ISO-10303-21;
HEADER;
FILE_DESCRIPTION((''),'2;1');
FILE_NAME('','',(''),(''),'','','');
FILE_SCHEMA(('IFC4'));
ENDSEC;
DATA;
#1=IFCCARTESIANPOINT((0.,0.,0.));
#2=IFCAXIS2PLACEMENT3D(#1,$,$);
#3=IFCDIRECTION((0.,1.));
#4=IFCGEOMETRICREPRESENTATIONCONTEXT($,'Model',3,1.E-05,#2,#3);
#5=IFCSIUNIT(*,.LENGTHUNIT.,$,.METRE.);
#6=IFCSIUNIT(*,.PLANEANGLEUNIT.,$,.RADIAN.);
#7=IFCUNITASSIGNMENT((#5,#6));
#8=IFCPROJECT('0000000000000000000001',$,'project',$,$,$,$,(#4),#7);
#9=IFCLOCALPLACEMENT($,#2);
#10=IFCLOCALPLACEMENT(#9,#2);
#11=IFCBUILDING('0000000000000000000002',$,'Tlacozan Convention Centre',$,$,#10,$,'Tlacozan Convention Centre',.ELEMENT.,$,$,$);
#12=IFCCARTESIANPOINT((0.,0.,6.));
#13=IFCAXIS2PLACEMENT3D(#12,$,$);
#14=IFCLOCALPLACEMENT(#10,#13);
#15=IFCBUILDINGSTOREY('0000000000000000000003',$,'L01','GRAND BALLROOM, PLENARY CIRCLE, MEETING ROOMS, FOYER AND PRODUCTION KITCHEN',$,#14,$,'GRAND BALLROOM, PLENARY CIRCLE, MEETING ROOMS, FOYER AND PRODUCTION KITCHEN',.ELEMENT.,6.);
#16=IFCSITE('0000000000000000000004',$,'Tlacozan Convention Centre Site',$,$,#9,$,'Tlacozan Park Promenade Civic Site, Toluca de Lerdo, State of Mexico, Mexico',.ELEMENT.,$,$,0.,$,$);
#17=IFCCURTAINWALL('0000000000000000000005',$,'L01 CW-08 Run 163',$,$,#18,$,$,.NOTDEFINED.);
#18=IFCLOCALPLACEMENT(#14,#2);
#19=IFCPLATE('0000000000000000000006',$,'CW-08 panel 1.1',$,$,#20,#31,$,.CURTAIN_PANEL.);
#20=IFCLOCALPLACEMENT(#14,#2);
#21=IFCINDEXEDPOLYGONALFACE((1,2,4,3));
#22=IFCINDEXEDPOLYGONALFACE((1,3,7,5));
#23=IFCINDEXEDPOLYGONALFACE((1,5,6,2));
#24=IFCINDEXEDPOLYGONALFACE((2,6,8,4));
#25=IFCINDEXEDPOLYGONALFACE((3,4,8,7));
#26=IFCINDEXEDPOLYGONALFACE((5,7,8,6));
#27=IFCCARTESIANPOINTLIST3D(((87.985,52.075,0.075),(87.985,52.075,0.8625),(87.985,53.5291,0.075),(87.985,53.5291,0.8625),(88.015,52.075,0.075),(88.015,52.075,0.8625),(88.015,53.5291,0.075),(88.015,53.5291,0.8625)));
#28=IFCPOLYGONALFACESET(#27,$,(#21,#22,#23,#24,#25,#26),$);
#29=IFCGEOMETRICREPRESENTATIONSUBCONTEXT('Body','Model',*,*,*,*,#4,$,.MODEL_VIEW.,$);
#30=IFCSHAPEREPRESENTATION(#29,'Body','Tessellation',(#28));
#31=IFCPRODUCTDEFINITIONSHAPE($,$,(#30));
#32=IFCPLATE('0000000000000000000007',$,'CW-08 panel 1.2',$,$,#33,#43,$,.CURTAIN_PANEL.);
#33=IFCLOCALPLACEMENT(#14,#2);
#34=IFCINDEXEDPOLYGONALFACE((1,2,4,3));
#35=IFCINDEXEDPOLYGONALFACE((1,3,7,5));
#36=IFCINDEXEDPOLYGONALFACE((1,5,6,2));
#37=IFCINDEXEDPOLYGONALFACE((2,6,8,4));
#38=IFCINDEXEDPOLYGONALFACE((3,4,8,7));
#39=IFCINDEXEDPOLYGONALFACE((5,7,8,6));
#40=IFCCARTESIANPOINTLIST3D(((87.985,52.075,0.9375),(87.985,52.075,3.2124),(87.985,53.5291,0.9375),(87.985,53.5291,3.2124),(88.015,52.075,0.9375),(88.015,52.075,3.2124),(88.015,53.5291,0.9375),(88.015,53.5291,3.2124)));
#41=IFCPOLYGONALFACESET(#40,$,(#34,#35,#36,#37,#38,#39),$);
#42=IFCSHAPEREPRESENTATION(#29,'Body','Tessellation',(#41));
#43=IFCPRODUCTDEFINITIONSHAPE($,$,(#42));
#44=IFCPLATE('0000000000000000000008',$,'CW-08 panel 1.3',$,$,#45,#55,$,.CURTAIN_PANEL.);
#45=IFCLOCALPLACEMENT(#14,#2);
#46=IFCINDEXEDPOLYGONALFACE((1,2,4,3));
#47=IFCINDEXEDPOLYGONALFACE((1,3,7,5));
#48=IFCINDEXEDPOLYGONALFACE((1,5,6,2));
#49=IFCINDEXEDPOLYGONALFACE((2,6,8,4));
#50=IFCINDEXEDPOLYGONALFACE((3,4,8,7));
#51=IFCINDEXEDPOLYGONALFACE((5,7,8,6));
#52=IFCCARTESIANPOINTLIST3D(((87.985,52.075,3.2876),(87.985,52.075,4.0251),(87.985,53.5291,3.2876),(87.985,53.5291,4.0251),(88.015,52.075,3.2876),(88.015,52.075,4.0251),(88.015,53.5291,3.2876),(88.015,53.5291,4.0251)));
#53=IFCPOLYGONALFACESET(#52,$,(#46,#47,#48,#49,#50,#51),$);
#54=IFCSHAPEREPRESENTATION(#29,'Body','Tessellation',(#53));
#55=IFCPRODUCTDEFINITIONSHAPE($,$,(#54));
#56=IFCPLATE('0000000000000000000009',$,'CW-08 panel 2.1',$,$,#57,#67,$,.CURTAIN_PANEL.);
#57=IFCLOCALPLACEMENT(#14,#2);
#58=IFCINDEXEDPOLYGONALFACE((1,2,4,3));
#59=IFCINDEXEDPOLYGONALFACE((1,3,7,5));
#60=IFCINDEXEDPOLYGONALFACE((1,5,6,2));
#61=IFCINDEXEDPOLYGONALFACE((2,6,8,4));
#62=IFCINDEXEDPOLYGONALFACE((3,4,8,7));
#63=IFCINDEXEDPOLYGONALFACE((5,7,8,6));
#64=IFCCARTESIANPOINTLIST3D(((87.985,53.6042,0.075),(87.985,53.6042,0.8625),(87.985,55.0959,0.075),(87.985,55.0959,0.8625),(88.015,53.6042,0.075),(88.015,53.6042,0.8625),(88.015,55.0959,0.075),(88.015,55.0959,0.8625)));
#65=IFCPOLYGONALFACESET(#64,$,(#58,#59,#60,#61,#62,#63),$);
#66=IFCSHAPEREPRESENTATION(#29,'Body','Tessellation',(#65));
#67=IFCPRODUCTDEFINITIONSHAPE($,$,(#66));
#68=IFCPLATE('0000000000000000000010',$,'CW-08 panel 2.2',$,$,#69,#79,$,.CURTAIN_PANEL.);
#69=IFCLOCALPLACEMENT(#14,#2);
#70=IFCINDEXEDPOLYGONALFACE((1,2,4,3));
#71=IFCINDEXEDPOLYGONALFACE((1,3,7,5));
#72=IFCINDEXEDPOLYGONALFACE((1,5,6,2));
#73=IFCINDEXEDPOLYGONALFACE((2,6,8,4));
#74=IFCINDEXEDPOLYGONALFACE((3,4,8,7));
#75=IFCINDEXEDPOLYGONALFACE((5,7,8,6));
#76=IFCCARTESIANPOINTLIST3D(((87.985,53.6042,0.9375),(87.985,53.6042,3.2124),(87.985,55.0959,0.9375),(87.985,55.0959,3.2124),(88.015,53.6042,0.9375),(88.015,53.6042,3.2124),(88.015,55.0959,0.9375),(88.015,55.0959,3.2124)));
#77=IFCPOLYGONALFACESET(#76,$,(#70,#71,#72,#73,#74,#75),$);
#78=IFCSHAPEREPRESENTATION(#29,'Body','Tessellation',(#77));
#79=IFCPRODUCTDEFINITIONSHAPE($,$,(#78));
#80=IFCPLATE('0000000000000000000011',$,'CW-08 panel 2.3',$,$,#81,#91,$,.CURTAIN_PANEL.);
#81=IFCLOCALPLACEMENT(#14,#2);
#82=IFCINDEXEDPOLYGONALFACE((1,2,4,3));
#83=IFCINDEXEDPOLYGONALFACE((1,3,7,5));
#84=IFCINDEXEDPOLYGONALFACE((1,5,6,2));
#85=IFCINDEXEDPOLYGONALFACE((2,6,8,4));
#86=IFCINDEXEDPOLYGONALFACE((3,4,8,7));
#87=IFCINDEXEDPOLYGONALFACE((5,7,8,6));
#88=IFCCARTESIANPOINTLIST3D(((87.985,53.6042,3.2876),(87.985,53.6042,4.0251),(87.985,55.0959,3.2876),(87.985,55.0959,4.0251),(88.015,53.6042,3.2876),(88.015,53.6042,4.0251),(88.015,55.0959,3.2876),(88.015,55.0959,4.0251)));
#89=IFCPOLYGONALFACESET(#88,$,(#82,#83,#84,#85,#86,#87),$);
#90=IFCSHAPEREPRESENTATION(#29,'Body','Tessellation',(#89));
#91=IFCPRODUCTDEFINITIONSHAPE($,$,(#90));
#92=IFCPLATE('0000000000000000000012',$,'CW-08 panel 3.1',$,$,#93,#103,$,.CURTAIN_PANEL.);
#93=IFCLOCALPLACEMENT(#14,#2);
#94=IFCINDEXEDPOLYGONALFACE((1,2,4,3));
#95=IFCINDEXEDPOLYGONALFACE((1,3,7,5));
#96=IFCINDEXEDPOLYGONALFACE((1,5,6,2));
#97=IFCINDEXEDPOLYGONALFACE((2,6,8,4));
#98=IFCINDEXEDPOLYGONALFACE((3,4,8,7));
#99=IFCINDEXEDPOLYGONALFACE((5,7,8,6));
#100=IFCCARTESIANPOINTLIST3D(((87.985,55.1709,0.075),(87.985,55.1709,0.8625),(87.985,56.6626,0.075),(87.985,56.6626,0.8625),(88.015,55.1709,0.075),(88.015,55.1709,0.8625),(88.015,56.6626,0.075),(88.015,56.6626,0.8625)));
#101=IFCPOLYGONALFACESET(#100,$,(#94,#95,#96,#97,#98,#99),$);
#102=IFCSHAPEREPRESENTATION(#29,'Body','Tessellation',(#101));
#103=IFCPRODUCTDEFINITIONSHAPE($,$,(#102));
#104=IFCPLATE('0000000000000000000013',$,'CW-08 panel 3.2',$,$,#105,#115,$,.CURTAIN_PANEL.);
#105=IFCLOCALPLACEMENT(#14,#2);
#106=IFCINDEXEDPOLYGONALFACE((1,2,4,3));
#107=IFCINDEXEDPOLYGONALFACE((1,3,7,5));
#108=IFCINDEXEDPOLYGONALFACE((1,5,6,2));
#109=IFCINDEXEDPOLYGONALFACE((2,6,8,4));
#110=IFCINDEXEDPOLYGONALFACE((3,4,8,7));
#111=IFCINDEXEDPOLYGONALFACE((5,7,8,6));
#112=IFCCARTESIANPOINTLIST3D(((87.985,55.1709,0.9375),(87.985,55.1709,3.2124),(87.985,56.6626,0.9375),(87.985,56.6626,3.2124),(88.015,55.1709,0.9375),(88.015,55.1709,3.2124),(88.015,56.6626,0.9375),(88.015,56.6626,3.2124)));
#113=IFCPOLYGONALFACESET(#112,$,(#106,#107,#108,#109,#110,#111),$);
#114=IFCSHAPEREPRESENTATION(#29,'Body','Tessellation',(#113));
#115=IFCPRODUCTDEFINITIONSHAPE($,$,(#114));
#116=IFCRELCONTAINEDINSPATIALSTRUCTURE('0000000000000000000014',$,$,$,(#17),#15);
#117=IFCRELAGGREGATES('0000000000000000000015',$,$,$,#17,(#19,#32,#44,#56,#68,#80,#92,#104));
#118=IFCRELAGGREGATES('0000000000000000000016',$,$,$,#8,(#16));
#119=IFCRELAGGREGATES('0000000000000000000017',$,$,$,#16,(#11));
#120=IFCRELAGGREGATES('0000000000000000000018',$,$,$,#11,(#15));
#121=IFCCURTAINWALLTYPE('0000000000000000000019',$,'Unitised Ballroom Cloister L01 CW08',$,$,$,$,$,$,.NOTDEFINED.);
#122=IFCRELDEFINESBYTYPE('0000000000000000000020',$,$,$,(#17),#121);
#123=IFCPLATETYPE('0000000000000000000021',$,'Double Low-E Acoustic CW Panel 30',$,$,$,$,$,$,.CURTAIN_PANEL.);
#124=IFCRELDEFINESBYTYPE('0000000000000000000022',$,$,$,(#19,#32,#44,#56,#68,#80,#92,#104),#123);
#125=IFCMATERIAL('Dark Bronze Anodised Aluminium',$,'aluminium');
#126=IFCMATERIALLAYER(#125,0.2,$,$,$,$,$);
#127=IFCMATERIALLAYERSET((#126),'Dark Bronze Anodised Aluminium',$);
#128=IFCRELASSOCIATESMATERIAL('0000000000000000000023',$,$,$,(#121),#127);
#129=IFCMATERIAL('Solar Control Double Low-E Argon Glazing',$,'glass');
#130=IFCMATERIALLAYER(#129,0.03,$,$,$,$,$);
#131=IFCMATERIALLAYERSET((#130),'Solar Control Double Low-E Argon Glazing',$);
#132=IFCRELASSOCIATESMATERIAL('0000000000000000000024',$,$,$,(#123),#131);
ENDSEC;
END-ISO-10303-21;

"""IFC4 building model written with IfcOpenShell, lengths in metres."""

from ifc_helpers import new_model, si_unit, direction, frame, origin, origin_2d, place, context, subcontext, project, spatial, rectangle, extrude, material, layer, layer_set, type_object, element, aggregate, save


model = new_model("IFC4")

# Units and contexts
model_context = context("Model", 3, precision=1e-05, world=origin(), true_north=direction((0.0, 1.0)))
body_context = subcontext(model_context, "Body", "Model", "MODEL_VIEW")
ifc_project = project(units=[si_unit("LENGTHUNIT", "METRE"), si_unit("PLANEANGLEUNIT", "RADIAN")], contexts=[model_context])

# Site, building, storey
site_placement = place(None, origin())
site = spatial("IfcSite", under=ifc_project, at=site_placement, Name="Tlacozan Convention Centre Site", LongName="Tlacozan Park Promenade Civic Site, Toluca de Lerdo, State of Mexico, Mexico", CompositionType="ELEMENT", RefElevation=0.0)
building_placement = place(site_placement, origin())
building = spatial("IfcBuilding", under=site, at=building_placement, Name="Tlacozan Convention Centre", LongName="Tlacozan Convention Centre", CompositionType="ELEMENT")
storey_placement = place(building_placement, frame((0.0, 0.0, 6.0)))
storey = spatial("IfcBuildingStorey", under=building, at=storey_placement, Name="L01", Description="GRAND BALLROOM, PLENARY CIRCLE, MEETING ROOMS, FOYER AND PRODUCTION KITCHEN", LongName="GRAND BALLROOM, PLENARY CIRCLE, MEETING ROOMS, FOYER AND PRODUCTION KITCHEN", CompositionType="ELEMENT", Elevation=6.0)

# Curtain wall, plates
ifc_material_1 = material(Name="Dark Bronze Anodised Aluminium", Category="aluminium")
ifc_layer_1 = layer(ifc_material_1, 0.2)
ifc_layer_set_1 = layer_set([ifc_layer_1], Name="Dark Bronze Anodised Aluminium")
curtain_wall_type = type_object("IfcCurtainWallType", Name="Unitised Ballroom Cloister L01 CW08", PredefinedType="NOTDEFINED", material=ifc_layer_set_1)
curtain_wall_placement = place(storey_placement, origin())
curtain_wall = element("IfcCurtainWall", 1, at=curtain_wall_placement, inside=storey, type_object=curtain_wall_type, Name="L01 CW-08 Run 163", PredefinedType="NOTDEFINED")
ifc_material_2 = material(Name="Solar Control Double Low-E Argon Glazing", Category="glass")
ifc_layer_2 = layer(ifc_material_2, 0.03)
ifc_layer_set_2 = layer_set([ifc_layer_2], Name="Solar Control Double Low-E Argon Glazing")
plate_type = type_object("IfcPlateType", Name="Double Low-E Acoustic CW Panel 30", PredefinedType="CURTAIN_PANEL", material=ifc_layer_set_2)
plate_1_placement = place(storey_placement, frame((88.0, 52.802, 0.075), z_axis=(0.0, 0.0, 1.0), x_axis=(0.0, 1.0, 0.0)))
plate_1 = element("IfcPlate", 2, at=plate_1_placement, type_object=plate_type, Name="CW-08 panel 1.1", PredefinedType="CURTAIN_PANEL", context=body_context, shape_type="SweptSolid", body=[
    extrude(rectangle(XDim=1.4541, YDim=0.03, at=origin_2d()), origin(), (0.0, 0.0, 1.0), 0.7876),
])
plate_2_placement = place(storey_placement, frame((88.0, 52.802, 0.9375), z_axis=(0.0, 0.0, 1.0), x_axis=(0.0, 1.0, 0.0)))
plate_2 = element("IfcPlate", 3, at=plate_2_placement, type_object=plate_type, Name="CW-08 panel 1.2", PredefinedType="CURTAIN_PANEL", context=body_context, shape_type="SweptSolid", body=[
    extrude(rectangle(XDim=1.4541, YDim=0.03, at=origin_2d()), origin(), (0.0, 0.0, 1.0), 2.2749),
])
plate_3_placement = place(storey_placement, frame((88.0, 52.802, 3.2876), z_axis=(0.0, 0.0, 1.0), x_axis=(0.0, 1.0, 0.0)))
plate_3 = element("IfcPlate", 4, at=plate_3_placement, type_object=plate_type, Name="CW-08 panel 1.3", PredefinedType="CURTAIN_PANEL", context=body_context, shape_type="SweptSolid", body=[
    extrude(rectangle(XDim=1.4541, YDim=0.03, at=origin_2d()), origin(), (0.0, 0.0, 1.0), 0.7375),
])
plate_4_placement = place(storey_placement, frame((88.0, 54.3501, 0.075), z_axis=(0.0, 0.0, 1.0), x_axis=(0.0, 1.0, 0.0)))
plate_4 = element("IfcPlate", 5, at=plate_4_placement, type_object=plate_type, Name="CW-08 panel 2.1", PredefinedType="CURTAIN_PANEL", context=body_context, shape_type="SweptSolid", body=[
    extrude(rectangle(XDim=1.4917, YDim=0.03, at=origin_2d()), origin(), (0.0, 0.0, 1.0), 0.7876),
])
plate_5_placement = place(storey_placement, frame((88.0, 54.3501, 0.9375), z_axis=(0.0, 0.0, 1.0), x_axis=(0.0, 1.0, 0.0)))
plate_5 = element("IfcPlate", 6, at=plate_5_placement, type_object=plate_type, Name="CW-08 panel 2.2", PredefinedType="CURTAIN_PANEL", context=body_context, shape_type="SweptSolid", body=[
    extrude(rectangle(XDim=1.4917, YDim=0.03, at=origin_2d()), origin(), (0.0, 0.0, 1.0), 2.2749),
])
plate_6_placement = place(storey_placement, frame((88.0, 54.3501, 3.2876), z_axis=(0.0, 0.0, 1.0), x_axis=(0.0, 1.0, 0.0)))
plate_6 = element("IfcPlate", 7, at=plate_6_placement, type_object=plate_type, Name="CW-08 panel 2.3", PredefinedType="CURTAIN_PANEL", context=body_context, shape_type="SweptSolid", body=[
    extrude(rectangle(XDim=1.4917, YDim=0.03, at=origin_2d()), origin(), (0.0, 0.0, 1.0), 0.7375),
])
plate_7_placement = place(storey_placement, frame((88.0, 55.9167, 0.075), z_axis=(0.0, 0.0, 1.0), x_axis=(0.0, 1.0, 0.0)))
plate_7 = element("IfcPlate", 8, at=plate_7_placement, type_object=plate_type, Name="CW-08 panel 3.1", PredefinedType="CURTAIN_PANEL", context=body_context, shape_type="SweptSolid", body=[
    extrude(rectangle(XDim=1.4917, YDim=0.03, at=origin_2d()), origin(), (0.0, 0.0, 1.0), 0.7876),
])
plate_8_placement = place(storey_placement, frame((88.0, 55.9167, 0.9375), z_axis=(0.0, 0.0, 1.0), x_axis=(0.0, 1.0, 0.0)))
plate_8 = element("IfcPlate", 9, at=plate_8_placement, type_object=plate_type, Name="CW-08 panel 3.2", PredefinedType="CURTAIN_PANEL", context=body_context, shape_type="SweptSolid", body=[
    extrude(rectangle(XDim=1.4917, YDim=0.03, at=origin_2d()), origin(), (0.0, 0.0, 1.0), 2.2749),
])
aggregate(curtain_wall, [plate_1, plate_2, plate_3, plate_4, plate_5, plate_6, plate_7, plate_8])

save(model, "model.ifc")
